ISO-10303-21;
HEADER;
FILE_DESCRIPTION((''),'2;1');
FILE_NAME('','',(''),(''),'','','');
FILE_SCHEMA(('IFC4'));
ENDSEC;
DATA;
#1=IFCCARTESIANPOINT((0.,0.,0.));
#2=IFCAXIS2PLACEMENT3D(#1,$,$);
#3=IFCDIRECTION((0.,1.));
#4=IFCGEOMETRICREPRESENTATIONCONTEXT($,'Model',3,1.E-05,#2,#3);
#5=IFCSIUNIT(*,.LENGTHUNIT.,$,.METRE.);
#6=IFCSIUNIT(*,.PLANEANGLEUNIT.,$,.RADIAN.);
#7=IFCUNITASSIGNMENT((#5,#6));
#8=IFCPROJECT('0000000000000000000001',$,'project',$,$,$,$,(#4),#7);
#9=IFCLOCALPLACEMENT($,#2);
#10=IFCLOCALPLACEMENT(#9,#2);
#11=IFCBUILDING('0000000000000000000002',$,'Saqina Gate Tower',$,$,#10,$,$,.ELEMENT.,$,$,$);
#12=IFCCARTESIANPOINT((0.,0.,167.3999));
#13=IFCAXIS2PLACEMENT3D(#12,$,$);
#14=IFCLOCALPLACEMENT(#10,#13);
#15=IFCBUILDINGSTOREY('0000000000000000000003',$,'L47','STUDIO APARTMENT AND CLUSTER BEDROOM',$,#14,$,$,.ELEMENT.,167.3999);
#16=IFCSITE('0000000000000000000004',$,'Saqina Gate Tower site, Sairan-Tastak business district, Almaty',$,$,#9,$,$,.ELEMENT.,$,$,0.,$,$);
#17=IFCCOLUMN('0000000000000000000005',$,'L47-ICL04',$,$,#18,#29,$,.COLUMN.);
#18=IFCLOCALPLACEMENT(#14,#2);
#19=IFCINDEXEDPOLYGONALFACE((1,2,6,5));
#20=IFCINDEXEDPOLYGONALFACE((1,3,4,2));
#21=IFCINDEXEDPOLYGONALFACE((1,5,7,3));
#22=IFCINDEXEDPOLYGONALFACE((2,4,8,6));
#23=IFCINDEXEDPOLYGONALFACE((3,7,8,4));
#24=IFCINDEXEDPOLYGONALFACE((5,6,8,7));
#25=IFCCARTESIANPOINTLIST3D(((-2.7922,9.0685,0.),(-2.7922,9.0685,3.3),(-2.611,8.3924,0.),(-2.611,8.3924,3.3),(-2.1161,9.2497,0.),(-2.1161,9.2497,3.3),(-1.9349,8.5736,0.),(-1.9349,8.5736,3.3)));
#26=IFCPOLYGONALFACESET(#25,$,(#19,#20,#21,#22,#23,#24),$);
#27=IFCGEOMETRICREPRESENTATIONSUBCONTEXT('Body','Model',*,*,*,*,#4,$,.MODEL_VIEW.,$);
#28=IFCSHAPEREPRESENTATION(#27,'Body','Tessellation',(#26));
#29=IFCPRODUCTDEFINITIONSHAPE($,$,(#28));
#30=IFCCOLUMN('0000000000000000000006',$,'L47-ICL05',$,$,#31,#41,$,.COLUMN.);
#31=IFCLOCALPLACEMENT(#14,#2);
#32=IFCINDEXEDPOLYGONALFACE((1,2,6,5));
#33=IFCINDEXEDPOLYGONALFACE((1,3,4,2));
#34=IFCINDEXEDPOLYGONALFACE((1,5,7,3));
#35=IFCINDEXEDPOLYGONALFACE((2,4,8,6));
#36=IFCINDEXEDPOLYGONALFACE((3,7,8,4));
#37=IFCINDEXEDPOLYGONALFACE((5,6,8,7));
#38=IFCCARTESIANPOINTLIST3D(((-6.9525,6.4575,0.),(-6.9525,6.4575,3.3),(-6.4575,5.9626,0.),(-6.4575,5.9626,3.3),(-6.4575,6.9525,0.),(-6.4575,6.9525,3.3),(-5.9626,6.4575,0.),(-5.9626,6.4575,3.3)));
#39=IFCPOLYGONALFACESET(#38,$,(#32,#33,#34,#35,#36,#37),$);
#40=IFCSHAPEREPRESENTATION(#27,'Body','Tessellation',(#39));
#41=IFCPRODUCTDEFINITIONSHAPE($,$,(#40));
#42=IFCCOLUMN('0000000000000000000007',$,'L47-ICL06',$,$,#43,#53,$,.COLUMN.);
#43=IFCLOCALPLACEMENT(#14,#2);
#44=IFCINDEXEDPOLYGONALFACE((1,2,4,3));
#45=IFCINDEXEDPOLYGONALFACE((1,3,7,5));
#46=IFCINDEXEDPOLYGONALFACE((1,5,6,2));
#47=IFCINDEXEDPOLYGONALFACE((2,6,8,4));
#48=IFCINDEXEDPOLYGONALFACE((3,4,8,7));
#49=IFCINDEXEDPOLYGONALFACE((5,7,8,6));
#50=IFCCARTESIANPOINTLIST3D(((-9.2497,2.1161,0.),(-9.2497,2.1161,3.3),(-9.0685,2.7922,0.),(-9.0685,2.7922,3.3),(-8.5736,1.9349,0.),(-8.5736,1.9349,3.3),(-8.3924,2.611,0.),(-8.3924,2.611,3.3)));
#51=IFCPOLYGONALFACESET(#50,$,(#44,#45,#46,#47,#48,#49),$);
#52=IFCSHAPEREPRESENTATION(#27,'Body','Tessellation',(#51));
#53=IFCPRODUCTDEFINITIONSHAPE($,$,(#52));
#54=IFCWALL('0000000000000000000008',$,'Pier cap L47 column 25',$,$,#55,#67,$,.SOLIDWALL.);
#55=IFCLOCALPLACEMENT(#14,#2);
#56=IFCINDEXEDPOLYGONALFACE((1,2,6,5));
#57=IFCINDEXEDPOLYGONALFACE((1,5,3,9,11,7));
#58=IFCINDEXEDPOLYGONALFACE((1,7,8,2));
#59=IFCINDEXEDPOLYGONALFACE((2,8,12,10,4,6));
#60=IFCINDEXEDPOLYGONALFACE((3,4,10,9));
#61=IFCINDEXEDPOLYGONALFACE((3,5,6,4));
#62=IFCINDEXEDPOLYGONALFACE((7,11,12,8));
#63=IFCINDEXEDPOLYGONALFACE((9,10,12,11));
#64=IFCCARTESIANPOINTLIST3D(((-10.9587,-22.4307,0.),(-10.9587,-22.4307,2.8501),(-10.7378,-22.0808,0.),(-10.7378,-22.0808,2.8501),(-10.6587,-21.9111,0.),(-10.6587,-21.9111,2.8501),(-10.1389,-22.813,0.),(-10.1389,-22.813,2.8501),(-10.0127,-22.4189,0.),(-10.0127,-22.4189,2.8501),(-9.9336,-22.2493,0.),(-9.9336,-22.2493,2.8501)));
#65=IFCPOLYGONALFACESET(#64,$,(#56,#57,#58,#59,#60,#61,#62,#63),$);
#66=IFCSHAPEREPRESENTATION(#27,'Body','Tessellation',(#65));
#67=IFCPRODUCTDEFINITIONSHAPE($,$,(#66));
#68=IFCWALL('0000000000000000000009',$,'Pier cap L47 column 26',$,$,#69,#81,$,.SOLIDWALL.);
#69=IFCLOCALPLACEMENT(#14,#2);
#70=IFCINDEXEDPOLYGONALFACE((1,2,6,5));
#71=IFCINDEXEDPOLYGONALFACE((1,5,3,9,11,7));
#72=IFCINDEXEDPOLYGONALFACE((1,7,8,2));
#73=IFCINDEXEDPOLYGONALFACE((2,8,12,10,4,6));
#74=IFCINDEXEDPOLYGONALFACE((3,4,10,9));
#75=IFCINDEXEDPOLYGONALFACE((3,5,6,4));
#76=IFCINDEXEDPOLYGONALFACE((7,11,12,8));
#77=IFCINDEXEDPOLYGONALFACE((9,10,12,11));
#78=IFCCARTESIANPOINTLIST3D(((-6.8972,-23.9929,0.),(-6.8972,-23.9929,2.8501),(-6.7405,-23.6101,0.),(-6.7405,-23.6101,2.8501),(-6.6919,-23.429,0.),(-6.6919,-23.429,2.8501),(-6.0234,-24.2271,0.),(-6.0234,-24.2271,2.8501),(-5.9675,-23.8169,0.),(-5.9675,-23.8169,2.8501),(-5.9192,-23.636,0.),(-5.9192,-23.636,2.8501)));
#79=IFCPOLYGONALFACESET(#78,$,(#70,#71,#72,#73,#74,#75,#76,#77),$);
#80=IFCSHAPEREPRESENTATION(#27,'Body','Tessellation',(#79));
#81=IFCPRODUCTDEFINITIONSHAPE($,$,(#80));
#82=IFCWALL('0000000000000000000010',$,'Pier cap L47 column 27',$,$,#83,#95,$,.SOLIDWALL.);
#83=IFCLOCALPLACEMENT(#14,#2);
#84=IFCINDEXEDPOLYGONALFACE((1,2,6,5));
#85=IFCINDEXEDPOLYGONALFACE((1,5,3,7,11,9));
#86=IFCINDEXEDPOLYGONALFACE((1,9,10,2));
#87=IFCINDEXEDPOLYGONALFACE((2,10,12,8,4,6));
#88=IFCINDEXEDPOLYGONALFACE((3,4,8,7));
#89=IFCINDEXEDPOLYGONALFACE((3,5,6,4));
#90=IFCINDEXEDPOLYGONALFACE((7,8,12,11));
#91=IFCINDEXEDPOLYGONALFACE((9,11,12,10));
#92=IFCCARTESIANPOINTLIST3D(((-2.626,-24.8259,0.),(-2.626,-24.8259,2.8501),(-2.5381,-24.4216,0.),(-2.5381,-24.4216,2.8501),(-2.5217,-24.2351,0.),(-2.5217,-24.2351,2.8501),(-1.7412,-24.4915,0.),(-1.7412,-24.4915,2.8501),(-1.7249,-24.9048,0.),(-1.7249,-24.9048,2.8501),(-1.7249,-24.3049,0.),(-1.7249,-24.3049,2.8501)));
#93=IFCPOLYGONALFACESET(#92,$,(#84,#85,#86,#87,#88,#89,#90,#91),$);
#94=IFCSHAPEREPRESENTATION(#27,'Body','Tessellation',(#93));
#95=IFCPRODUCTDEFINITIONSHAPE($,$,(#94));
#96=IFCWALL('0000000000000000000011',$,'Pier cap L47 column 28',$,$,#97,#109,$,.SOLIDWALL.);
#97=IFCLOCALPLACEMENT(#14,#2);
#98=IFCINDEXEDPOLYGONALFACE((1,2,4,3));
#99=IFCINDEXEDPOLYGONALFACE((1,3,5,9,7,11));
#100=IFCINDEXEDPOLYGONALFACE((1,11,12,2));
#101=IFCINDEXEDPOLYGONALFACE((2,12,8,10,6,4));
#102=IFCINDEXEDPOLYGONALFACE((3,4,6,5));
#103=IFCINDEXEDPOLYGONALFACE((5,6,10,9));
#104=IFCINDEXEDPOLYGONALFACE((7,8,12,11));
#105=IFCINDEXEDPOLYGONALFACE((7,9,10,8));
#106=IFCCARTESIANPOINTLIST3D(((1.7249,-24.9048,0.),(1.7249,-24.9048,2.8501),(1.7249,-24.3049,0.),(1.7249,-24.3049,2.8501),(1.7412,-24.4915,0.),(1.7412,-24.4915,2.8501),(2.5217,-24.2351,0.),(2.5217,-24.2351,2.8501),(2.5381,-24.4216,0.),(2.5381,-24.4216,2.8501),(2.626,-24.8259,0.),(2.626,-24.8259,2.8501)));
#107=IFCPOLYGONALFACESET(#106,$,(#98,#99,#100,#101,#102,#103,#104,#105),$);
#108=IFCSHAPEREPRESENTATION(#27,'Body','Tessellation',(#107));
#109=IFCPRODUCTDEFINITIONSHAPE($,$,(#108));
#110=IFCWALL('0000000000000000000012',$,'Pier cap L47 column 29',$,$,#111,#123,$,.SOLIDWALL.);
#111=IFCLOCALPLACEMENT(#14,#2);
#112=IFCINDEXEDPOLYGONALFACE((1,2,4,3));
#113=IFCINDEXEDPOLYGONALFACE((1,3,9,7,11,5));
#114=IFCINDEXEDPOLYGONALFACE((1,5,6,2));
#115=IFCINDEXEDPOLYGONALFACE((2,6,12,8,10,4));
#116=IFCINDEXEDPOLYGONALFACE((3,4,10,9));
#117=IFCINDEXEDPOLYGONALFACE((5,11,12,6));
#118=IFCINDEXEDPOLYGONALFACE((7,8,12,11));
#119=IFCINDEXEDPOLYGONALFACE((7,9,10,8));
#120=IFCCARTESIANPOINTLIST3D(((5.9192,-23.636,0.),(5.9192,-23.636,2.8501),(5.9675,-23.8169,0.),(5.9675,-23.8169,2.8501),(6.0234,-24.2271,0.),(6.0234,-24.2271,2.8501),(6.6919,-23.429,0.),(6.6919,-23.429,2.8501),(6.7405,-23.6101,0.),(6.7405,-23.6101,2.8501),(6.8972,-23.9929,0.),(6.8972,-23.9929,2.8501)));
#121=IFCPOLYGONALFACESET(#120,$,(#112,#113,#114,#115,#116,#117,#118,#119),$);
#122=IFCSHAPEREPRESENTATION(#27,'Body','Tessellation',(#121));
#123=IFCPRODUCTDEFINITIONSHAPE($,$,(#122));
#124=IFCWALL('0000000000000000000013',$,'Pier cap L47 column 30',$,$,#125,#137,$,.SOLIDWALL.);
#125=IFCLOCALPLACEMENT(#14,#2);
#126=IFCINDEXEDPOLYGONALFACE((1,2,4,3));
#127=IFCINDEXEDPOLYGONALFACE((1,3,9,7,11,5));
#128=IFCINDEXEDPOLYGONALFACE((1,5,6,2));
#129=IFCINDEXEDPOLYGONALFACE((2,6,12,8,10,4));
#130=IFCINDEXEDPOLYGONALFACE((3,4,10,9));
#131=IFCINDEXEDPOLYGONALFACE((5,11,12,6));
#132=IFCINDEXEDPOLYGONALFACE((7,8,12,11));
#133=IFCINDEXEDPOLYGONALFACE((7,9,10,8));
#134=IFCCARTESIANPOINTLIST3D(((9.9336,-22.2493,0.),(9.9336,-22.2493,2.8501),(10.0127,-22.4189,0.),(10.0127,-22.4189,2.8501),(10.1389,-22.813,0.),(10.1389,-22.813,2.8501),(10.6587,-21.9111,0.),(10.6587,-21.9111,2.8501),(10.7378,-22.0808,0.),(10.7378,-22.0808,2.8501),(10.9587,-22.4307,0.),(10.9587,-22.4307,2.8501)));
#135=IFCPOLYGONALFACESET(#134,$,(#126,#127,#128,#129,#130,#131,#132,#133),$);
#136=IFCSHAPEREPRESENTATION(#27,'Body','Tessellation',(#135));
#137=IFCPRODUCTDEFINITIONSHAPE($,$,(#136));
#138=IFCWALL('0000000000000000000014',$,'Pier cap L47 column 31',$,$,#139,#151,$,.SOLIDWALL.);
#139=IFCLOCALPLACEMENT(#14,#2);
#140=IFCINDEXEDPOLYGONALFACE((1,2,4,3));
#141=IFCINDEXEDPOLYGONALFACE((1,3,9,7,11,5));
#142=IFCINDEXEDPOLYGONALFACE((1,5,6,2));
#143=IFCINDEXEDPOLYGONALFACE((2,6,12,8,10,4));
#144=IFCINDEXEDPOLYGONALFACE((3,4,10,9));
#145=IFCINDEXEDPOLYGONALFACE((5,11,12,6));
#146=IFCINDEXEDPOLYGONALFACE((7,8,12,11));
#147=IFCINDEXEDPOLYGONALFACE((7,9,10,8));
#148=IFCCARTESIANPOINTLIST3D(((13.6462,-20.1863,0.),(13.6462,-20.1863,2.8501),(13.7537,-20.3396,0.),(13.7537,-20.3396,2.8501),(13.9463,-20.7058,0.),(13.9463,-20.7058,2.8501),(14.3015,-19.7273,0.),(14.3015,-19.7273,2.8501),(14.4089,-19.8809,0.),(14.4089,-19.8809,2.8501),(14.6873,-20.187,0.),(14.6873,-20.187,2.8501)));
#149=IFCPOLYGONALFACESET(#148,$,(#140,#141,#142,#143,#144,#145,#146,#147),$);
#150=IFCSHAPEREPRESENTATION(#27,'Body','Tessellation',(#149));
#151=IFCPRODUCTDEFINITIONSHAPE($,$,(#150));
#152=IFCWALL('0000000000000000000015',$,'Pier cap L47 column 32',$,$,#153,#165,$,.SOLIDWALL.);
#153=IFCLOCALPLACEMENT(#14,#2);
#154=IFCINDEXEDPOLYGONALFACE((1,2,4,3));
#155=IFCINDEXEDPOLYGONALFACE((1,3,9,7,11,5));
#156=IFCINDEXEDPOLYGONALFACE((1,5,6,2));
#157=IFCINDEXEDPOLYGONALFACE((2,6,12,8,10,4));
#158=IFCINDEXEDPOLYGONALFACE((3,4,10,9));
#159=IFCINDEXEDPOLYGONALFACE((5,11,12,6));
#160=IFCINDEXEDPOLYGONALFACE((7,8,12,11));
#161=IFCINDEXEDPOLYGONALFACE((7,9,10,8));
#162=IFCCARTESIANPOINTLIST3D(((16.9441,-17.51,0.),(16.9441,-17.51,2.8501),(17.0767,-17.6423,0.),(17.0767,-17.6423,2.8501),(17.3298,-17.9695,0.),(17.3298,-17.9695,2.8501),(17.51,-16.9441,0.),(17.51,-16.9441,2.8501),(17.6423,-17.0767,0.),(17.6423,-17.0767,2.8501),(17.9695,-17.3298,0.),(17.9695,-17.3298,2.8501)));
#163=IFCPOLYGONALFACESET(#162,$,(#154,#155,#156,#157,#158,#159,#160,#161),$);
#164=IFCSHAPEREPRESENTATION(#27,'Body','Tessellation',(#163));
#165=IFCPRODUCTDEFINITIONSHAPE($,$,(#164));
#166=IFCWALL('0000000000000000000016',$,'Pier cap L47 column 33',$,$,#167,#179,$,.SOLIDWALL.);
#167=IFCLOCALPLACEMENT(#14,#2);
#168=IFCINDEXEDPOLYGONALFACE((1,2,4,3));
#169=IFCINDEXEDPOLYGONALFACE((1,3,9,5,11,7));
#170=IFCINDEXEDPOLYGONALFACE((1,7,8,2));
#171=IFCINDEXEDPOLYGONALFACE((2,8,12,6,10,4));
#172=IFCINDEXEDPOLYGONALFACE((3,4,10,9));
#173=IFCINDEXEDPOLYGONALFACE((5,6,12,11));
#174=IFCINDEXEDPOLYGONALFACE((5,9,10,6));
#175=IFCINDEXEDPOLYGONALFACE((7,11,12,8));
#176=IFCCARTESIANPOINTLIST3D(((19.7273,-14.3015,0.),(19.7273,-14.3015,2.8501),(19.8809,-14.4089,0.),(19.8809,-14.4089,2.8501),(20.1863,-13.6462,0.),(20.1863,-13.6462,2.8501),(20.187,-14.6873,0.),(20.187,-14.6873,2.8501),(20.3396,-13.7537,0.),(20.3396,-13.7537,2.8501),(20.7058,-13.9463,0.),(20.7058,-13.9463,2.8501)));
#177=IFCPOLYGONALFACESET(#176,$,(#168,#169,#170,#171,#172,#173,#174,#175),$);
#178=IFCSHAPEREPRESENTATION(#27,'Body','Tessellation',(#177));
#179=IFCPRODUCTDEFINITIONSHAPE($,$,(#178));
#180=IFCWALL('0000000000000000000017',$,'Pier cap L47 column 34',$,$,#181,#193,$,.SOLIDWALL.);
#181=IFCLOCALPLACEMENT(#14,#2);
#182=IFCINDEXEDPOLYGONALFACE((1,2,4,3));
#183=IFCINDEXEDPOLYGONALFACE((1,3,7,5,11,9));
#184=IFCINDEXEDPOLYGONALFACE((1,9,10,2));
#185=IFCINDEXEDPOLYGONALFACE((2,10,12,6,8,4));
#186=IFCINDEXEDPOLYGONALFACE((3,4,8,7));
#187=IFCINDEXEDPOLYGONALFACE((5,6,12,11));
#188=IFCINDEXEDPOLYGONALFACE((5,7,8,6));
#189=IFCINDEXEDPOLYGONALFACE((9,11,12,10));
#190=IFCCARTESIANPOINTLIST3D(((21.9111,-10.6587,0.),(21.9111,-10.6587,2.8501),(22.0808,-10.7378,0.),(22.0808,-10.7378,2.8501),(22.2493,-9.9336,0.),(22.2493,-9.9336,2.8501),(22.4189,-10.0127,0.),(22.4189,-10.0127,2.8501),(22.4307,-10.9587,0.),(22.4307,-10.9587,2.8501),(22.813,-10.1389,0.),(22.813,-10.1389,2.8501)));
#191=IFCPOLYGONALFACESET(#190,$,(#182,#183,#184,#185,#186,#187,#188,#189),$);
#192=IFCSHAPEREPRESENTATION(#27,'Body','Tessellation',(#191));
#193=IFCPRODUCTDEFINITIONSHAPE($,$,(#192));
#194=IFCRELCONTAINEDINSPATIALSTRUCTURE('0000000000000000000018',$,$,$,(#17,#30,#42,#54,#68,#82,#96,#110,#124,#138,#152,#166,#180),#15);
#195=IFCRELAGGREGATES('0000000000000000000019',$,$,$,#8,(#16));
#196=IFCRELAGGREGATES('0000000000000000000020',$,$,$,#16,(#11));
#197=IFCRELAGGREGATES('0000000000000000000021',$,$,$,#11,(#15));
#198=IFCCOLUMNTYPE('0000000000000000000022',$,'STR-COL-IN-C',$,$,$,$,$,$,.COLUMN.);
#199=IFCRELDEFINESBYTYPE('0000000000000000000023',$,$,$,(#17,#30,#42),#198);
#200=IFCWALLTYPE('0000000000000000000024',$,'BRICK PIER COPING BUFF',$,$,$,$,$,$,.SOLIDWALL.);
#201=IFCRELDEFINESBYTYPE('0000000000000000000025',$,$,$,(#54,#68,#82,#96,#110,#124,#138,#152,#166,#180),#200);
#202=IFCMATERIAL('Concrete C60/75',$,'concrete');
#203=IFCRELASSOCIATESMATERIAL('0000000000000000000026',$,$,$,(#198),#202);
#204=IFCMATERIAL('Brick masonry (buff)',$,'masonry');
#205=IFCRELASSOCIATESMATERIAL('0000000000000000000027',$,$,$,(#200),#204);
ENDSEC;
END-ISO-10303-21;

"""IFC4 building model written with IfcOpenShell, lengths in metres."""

from ifc_helpers import new_model, si_unit, direction, frame, origin, origin_2d, place, context, subcontext, project, spatial, polyline, rectangle, outline, extrude, material, material_profile, profile_set, type_object, element, save


model = new_model("IFC4")

# Units and contexts
model_context = context("Model", 3, precision=1e-05, world=origin(), true_north=direction((0.0, 1.0)))
body_context = subcontext(model_context, "Body", "Model", "MODEL_VIEW")
ifc_project = project(units=[si_unit("LENGTHUNIT", "METRE"), si_unit("PLANEANGLEUNIT", "RADIAN")], contexts=[model_context])

# Site, building, storey
site_placement = place(None, origin())
site = spatial("IfcSite", under=ifc_project, at=site_placement, Name="Saqina Gate Tower site, Sairan-Tastak business district, Almaty", CompositionType="ELEMENT", RefElevation=0.0)
building_placement = place(site_placement, origin())
building = spatial("IfcBuilding", under=site, at=building_placement, Name="Saqina Gate Tower", CompositionType="ELEMENT")
storey_placement = place(building_placement, frame((0.0, 0.0, 167.3999)))
storey = spatial("IfcBuildingStorey", under=building, at=storey_placement, Name="L47", Description="STUDIO APARTMENT AND CLUSTER BEDROOM", CompositionType="ELEMENT", Elevation=167.3999)

# Columns
ifc_material_1 = material(Name="Concrete C60/75", Category="concrete")
ifc_material_profile = material_profile(ifc_material_1, rectangle(XDim=0.7, YDim=0.7, at=origin_2d()), Name="RC 700x700")
ifc_profile_set = profile_set([ifc_material_profile], Name="Concrete C60/75")
column_type = type_object("IfcColumnType", Name="STR-COL-IN-C", PredefinedType="COLUMN", material=ifc_profile_set)
for number, where, z_axis, x_axis, name in (
    (1, (-2.3635, 8.821, 0.0), (0.0, 0.0, 1.0), (-0.258819, 0.965926, 0.0), "L47-ICL04"),
    (2, (-6.4575, 6.4575, 0.0), (0.0, 0.0, 1.0), (-0.707107, 0.707107, 0.0), "L47-ICL05"),
    (3, (-8.821, 2.3635, 0.0), (0.0, 0.0, 1.0), (-0.965926, 0.258819, 0.0), "L47-ICL06"),
):
    element("IfcColumn", number, at=place(storey_placement, frame(where, z_axis=z_axis, x_axis=x_axis)), inside=storey, type_object=column_type, Name=name, PredefinedType="COLUMN", context=body_context, shape_type="SweptSolid", body=[
        extrude(rectangle(XDim=0.7, YDim=0.7, at=origin_2d()), origin(), (0.0, 0.0, 1.0), 3.3),
    ])

# Walls
ifc_material_2 = material(Name="Brick masonry (buff)", Category="masonry")
wall_type_1 = type_object("IfcWallType", Name="BRICK PIER COPING BUFF", PredefinedType="SOLIDWALL", material=ifc_material_2)
wall_1_placement = place(storey_placement, origin())
element("IfcWall", 4, at=wall_1_placement, inside=storey, type_object=wall_type_1, Name="Pier cap L47 column 25", PredefinedType="SOLIDWALL", context=body_context, shape_type="SweptSolid", body=[
    extrude(outline(polyline([(-10.1389, -22.813), (-9.9336, -22.2493), (-10.0127, -22.4189), (-10.7378, -22.0808), (-10.6587, -21.9111), (-10.9587, -22.4307), (-10.1389, -22.813)])), origin(), (0.0, 0.0, 1.0), 2.8501),
])
wall_2_placement = place(storey_placement, origin())
element("IfcWall", 5, at=wall_2_placement, inside=storey, type_object=wall_type_1, Name="Pier cap L47 column 26", PredefinedType="SOLIDWALL", context=body_context, shape_type="SweptSolid", body=[
    extrude(outline(polyline([(-6.0234, -24.2271), (-5.9192, -23.636), (-5.9675, -23.8169), (-6.7405, -23.6101), (-6.6919, -23.429), (-6.8972, -23.9929), (-6.0234, -24.2271)])), origin(), (0.0, 0.0, 1.0), 2.8501),
])
wall_3_placement = place(storey_placement, origin())
element("IfcWall", 6, at=wall_3_placement, inside=storey, type_object=wall_type_1, Name="Pier cap L47 column 27", PredefinedType="SOLIDWALL", context=body_context, shape_type="SweptSolid", body=[
    extrude(outline(polyline([(-2.626, -24.8259), (-1.7249, -24.9048), (-1.7249, -24.3049), (-1.7412, -24.4915), (-2.5381, -24.4216), (-2.5217, -24.2351), (-2.626, -24.8259)])), origin(), (0.0, 0.0, 1.0), 2.8501),
])
wall_4_placement = place(storey_placement, origin())
element("IfcWall", 7, at=wall_4_placement, inside=storey, type_object=wall_type_1, Name="Pier cap L47 column 28", PredefinedType="SOLIDWALL", context=body_context, shape_type="SweptSolid", body=[
    extrude(outline(polyline([(1.7249, -24.9048), (2.626, -24.8259), (2.5217, -24.2351), (2.5381, -24.4216), (1.7412, -24.4915), (1.7249, -24.3049), (1.7249, -24.9048)])), origin(), (0.0, 0.0, 1.0), 2.8501),
])
wall_5_placement = place(storey_placement, origin())
element("IfcWall", 8, at=wall_5_placement, inside=storey, type_object=wall_type_1, Name="Pier cap L47 column 29", PredefinedType="SOLIDWALL", context=body_context, shape_type="SweptSolid", body=[
    extrude(outline(polyline([(6.0234, -24.2271), (6.8972, -23.9929), (6.6919, -23.429), (6.7405, -23.6101), (5.9675, -23.8169), (5.9192, -23.636), (6.0234, -24.2271)])), origin(), (0.0, 0.0, 1.0), 2.8501),
])
wall_6_placement = place(storey_placement, origin())
element("IfcWall", 9, at=wall_6_placement, inside=storey, type_object=wall_type_1, Name="Pier cap L47 column 30", PredefinedType="SOLIDWALL", context=body_context, shape_type="SweptSolid", body=[
    extrude(outline(polyline([(10.9587, -22.4307), (10.6587, -21.9111), (10.7378, -22.0808), (10.0127, -22.4189), (9.9336, -22.2493), (10.1389, -22.813), (10.9587, -22.4307)])), origin(), (0.0, 0.0, 1.0), 2.8501),
])
wall_7_placement = place(storey_placement, origin())
element("IfcWall", 10, at=wall_7_placement, inside=storey, type_object=wall_type_1, Name="Pier cap L47 column 31", PredefinedType="SOLIDWALL", context=body_context, shape_type="SweptSolid", body=[
    extrude(outline(polyline([(13.9463, -20.7058), (14.6873, -20.187), (14.3015, -19.7273), (14.4089, -19.8809), (13.7537, -20.3396), (13.6462, -20.1863), (13.9463, -20.7058)])), origin(), (0.0, 0.0, 1.0), 2.8501),
])
wall_8_placement = place(storey_placement, origin())
element("IfcWall", 11, at=wall_8_placement, inside=storey, type_object=wall_type_1, Name="Pier cap L47 column 32", PredefinedType="SOLIDWALL", context=body_context, shape_type="SweptSolid", body=[
    extrude(outline(polyline([(17.9695, -17.3298), (17.51, -16.9441), (17.6423, -17.0767), (17.0767, -17.6423), (16.9441, -17.51), (17.3298, -17.9695), (17.9695, -17.3298)])), origin(), (0.0, 0.0, 1.0), 2.8501),
])
wall_9_placement = place(storey_placement, origin())
element("IfcWall", 12, at=wall_9_placement, inside=storey, type_object=wall_type_1, Name="Pier cap L47 column 33", PredefinedType="SOLIDWALL", context=body_context, shape_type="SweptSolid", body=[
    extrude(outline(polyline([(20.187, -14.6873), (20.7058, -13.9463), (20.1863, -13.6462), (20.3396, -13.7537), (19.8809, -14.4089), (19.7273, -14.3015), (20.187, -14.6873)])), origin(), (0.0, 0.0, 1.0), 2.8501),
])
wall_10_placement = place(storey_placement, origin())
element("IfcWall", 13, at=wall_10_placement, inside=storey, type_object=wall_type_1, Name="Pier cap L47 column 34", PredefinedType="SOLIDWALL", context=body_context, shape_type="SweptSolid", body=[
    extrude(outline(polyline([(22.813, -10.1389), (22.2493, -9.9336), (22.4189, -10.0127), (22.0808, -10.7378), (21.9111, -10.6587), (22.4307, -10.9587), (22.813, -10.1389)])), origin(), (0.0, 0.0, 1.0), 2.8501),
])

save(model, "model.ifc")
